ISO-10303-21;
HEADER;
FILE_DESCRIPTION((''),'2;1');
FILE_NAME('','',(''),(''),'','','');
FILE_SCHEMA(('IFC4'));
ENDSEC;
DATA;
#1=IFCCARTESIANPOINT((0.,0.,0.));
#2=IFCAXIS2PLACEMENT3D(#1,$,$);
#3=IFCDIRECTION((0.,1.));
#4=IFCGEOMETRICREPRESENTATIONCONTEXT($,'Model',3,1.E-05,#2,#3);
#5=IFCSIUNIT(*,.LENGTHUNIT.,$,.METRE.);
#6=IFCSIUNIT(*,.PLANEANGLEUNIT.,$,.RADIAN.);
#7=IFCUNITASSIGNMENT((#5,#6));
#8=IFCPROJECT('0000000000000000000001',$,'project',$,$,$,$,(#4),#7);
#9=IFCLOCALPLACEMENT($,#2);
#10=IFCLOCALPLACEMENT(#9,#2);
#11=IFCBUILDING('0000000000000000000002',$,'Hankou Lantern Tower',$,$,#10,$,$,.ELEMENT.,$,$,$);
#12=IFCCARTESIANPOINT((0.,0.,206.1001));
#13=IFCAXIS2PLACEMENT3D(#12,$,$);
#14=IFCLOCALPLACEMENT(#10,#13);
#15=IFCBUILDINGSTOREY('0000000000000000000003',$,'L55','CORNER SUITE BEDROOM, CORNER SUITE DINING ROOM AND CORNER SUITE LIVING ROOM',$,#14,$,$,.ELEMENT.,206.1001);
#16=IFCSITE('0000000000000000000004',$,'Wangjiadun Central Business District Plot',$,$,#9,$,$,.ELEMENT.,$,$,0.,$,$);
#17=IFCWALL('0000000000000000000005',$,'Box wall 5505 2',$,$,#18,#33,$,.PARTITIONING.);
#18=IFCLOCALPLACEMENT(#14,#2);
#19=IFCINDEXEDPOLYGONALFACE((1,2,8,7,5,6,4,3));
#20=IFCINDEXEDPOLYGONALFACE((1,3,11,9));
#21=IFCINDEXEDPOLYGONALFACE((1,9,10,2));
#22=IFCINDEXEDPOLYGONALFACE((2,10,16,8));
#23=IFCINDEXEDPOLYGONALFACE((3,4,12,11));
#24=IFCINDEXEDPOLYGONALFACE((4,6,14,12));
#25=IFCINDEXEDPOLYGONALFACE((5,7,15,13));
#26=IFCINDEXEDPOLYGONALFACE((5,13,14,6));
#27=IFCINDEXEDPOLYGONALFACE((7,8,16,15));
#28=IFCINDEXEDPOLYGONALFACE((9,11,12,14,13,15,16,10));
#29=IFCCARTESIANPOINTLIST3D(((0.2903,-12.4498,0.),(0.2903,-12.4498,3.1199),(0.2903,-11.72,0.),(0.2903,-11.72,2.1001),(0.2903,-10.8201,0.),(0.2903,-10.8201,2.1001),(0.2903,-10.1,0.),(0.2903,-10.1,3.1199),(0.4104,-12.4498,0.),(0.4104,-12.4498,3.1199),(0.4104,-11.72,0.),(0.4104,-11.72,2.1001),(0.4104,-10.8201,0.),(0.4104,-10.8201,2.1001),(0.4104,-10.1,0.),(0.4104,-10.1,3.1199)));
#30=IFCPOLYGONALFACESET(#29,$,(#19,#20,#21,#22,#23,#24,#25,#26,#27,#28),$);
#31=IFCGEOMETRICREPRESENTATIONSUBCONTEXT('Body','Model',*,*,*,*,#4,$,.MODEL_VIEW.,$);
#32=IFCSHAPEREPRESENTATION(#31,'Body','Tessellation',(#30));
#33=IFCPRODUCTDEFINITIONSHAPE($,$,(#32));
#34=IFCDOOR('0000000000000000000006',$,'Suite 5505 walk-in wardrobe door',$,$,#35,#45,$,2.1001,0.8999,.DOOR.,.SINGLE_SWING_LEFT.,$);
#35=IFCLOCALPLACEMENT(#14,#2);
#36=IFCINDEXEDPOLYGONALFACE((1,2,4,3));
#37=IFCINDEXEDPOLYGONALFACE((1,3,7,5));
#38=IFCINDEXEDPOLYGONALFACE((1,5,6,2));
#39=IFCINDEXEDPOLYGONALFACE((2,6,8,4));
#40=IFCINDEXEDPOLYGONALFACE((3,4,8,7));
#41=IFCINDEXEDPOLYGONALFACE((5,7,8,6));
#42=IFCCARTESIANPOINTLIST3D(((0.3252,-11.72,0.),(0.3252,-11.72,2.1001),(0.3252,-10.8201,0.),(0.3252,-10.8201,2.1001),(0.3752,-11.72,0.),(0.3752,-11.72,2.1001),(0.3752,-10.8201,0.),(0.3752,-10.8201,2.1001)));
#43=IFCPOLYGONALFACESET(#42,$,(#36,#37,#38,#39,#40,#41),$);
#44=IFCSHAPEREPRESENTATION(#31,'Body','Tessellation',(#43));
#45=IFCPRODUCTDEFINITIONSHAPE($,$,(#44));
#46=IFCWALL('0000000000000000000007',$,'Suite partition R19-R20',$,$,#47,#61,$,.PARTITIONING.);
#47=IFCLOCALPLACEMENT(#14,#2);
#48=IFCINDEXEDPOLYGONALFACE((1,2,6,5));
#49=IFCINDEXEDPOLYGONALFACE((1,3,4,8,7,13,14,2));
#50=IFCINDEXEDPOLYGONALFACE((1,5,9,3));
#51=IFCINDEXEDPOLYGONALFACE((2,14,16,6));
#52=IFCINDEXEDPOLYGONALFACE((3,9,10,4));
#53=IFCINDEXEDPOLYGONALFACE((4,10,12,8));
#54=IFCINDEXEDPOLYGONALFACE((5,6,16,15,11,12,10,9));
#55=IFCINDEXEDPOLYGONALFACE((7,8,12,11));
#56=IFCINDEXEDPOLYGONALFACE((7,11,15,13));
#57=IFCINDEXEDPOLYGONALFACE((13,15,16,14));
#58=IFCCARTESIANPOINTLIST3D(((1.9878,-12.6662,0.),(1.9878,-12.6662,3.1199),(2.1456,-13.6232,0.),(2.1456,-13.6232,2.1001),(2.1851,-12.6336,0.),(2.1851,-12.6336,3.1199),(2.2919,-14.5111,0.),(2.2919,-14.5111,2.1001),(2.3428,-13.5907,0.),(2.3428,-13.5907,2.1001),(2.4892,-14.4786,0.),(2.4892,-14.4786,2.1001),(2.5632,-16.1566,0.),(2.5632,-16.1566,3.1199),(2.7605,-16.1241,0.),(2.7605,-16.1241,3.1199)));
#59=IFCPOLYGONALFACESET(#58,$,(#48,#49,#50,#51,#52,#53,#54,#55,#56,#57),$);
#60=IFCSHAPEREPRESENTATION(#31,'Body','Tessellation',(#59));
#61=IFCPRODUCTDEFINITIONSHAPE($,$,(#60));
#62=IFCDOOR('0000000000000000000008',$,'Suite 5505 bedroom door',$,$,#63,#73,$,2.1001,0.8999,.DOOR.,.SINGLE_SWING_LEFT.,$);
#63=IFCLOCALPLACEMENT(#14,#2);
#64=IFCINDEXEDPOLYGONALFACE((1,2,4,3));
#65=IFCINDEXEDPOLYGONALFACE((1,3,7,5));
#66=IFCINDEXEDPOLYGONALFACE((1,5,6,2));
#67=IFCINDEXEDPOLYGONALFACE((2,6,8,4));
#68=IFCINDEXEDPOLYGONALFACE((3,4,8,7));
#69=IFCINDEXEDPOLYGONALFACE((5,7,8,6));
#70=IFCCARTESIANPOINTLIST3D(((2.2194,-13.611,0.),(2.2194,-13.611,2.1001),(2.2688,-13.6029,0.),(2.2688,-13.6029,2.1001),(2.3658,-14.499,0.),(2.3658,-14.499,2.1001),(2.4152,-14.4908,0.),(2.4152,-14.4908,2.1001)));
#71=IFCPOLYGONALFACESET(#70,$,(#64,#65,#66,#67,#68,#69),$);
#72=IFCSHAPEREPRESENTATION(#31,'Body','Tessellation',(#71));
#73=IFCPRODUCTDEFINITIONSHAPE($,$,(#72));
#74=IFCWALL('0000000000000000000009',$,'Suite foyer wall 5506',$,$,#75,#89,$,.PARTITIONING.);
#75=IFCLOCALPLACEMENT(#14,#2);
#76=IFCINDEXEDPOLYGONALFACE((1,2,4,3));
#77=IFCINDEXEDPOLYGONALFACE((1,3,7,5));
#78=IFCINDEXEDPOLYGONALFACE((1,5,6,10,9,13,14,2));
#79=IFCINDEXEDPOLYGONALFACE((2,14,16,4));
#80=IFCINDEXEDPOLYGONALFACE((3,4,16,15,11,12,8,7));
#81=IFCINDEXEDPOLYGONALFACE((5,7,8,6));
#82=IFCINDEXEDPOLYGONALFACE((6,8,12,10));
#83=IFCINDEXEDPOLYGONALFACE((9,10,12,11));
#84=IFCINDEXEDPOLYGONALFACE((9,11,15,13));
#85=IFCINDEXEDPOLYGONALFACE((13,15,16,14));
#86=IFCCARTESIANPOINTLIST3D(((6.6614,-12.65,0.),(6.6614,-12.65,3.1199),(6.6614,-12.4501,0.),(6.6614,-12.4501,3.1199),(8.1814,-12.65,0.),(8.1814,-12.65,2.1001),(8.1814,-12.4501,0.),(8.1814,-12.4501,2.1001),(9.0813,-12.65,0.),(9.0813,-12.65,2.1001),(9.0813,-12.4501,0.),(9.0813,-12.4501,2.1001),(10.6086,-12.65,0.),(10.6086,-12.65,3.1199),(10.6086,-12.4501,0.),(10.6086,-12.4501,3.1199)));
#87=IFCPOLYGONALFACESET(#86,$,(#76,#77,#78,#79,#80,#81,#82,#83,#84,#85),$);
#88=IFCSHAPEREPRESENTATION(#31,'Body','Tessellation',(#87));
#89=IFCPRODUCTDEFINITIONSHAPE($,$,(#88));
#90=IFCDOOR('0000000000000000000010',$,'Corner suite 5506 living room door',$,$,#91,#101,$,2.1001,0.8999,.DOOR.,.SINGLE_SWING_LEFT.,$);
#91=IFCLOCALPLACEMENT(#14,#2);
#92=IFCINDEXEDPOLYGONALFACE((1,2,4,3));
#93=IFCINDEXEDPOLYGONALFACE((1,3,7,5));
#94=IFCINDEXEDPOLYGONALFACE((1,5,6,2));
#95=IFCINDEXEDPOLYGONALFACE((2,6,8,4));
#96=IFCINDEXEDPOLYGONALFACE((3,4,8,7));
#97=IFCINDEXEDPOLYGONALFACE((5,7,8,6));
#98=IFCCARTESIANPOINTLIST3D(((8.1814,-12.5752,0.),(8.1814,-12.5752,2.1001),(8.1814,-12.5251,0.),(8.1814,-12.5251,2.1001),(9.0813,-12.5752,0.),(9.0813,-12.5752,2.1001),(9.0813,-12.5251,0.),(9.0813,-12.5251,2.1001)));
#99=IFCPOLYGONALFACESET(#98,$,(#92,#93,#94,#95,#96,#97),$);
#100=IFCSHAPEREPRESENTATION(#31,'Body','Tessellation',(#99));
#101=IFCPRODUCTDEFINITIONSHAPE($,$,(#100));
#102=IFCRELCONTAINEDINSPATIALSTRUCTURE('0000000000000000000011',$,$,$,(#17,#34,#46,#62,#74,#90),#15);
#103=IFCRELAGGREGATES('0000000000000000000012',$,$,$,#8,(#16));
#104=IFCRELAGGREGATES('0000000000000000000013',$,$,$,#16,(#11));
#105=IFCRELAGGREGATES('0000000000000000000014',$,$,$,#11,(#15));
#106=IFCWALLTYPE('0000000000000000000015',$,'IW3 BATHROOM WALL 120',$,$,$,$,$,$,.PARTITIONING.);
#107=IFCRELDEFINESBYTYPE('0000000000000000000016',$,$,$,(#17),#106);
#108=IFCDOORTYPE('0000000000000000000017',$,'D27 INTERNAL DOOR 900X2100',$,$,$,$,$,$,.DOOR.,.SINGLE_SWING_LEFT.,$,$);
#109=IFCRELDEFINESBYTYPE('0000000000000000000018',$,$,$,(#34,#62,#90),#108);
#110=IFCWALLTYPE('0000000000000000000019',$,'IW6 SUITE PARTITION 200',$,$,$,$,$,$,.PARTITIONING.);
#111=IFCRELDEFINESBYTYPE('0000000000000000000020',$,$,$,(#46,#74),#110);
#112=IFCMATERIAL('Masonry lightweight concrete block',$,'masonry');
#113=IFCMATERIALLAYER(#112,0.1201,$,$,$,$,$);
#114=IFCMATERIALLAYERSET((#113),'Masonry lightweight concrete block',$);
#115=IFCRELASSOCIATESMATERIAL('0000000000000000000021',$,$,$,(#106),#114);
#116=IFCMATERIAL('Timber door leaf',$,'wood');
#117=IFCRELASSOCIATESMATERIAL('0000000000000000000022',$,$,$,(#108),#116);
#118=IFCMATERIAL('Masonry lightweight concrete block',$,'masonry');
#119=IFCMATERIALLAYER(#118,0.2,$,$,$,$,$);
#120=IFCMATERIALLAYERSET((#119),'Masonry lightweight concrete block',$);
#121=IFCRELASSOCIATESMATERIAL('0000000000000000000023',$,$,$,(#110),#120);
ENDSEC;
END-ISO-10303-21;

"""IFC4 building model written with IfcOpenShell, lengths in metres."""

from ifc_helpers import new_model, si_unit, direction, frame, frame_2d, origin, place, context, subcontext, project, spatial, rectangle, extrude, material, layer, layer_set, type_object, element, fill, save


model = new_model("IFC4")

# Units and contexts
model_context = context("Model", 3, precision=1e-05, world=origin(), true_north=direction((0.0, 1.0)))
body_context = subcontext(model_context, "Body", "Model", "MODEL_VIEW")
ifc_project = project(units=[si_unit("LENGTHUNIT", "METRE"), si_unit("PLANEANGLEUNIT", "RADIAN")], contexts=[model_context])

# Site, building, storey
site_placement = place(None, origin())
site = spatial("IfcSite", under=ifc_project, at=site_placement, Name="Wangjiadun Central Business District Plot", CompositionType="ELEMENT", RefElevation=0.0)
building_placement = place(site_placement, origin())
building = spatial("IfcBuilding", under=site, at=building_placement, Name="Hankou Lantern Tower", CompositionType="ELEMENT")
storey_placement = place(building_placement, frame((0.0, 0.0, 206.1001)))
storey = spatial("IfcBuildingStorey", under=building, at=storey_placement, Name="L55", Description="CORNER SUITE BEDROOM, CORNER SUITE DINING ROOM AND CORNER SUITE LIVING ROOM", CompositionType="ELEMENT", Elevation=206.1001)

# Walls, openings, doors
ifc_material_1 = material(Name="Masonry lightweight concrete block", Category="masonry")
ifc_layer_1 = layer(ifc_material_1, 0.1201)
ifc_layer_set_1 = layer_set([ifc_layer_1], Name="Masonry lightweight concrete block")
wall_type_1 = type_object("IfcWallType", Name="IW3 BATHROOM WALL 120", PredefinedType="PARTITIONING", material=ifc_layer_set_1)
wall_1_placement = place(storey_placement, frame((0.3503, -10.1001, 0.0), z_axis=(0.0, 0.0, 1.0), x_axis=(0.0, -1.0, 0.0)))
wall_1 = element("IfcWall", 1, at=wall_1_placement, inside=storey, type_object=wall_type_1, Name="Box wall 5505 2", PredefinedType="PARTITIONING", context=body_context, shape_type="SweptSolid", body=[
    extrude(rectangle(XDim=2.3499, YDim=0.1201, at=frame_2d((1.1748, 0.0))), origin(), (0.0, 0.0, 1.0), 3.1199),
])
opening_1_placement = place(wall_1_placement, frame((0.72, 0.0, 0.0)))
opening_1 = element("IfcOpeningElement", 2, at=opening_1_placement, cuts=wall_1, PredefinedType="OPENING", context=body_context, shape_type="SweptSolid", body=[
    extrude(rectangle(XDim=0.8999, YDim=2.1001, at=frame_2d((0.45, 1.05))), frame((0.0, 0.0701, 0.0), z_axis=(0.0, -1.0, 0.0), x_axis=(1.0, 0.0, 0.0)), (0.0, 0.0, 1.0), 0.1401),
])
ifc_material_2 = material(Name="Timber door leaf", Category="wood")
door_type = type_object("IfcDoorType", Name="D27 INTERNAL DOOR 900X2100", OperationType="SINGLE_SWING_LEFT", PredefinedType="DOOR", material=ifc_material_2)
door_1_placement = place(opening_1_placement, origin())
door_1 = element("IfcDoor", 3, at=door_1_placement, inside=storey, type_object=door_type, Name="Suite 5505 walk-in wardrobe door", OperationType="SINGLE_SWING_LEFT", OverallHeight=2.1001, OverallWidth=0.8999, PredefinedType="DOOR", context=body_context, shape_type="SweptSolid", body=[
    extrude(rectangle(XDim=0.8999, YDim=2.1001, at=frame_2d((0.45, 1.05))), frame((0.0, 0.0249, 0.0), z_axis=(0.0, -1.0, 0.0), x_axis=(1.0, 0.0, 0.0)), (0.0, 0.0, 1.0), 0.05),
])
fill(opening_1, door_1)
ifc_material_3 = material(Name="Masonry lightweight concrete block", Category="masonry")
ifc_layer_2 = layer(ifc_material_3, 0.2)
ifc_layer_set_2 = layer_set([ifc_layer_2], Name="Masonry lightweight concrete block")
wall_type_2 = type_object("IfcWallType", Name="IW6 SUITE PARTITION 200", PredefinedType="PARTITIONING", material=ifc_layer_set_2)
wall_2_placement = place(storey_placement, frame((2.0864, -12.6499, 0.0), z_axis=(0.0, 0.0, 1.0), x_axis=(0.162664, -0.986682, 0.0)))
wall_2 = element("IfcWall", 4, at=wall_2_placement, inside=storey, type_object=wall_type_2, Name="Suite partition R19-R20", PredefinedType="PARTITIONING", context=body_context, shape_type="SweptSolid", body=[
    extrude(rectangle(XDim=3.5376, YDim=0.2, at=frame_2d((1.7688, 0.0))), origin(), (0.0, 0.0, 1.0), 3.1199),
])
opening_2_placement = place(wall_2_placement, frame((0.97, 0.0, 0.0)))
opening_2 = element("IfcOpeningElement", 5, at=opening_2_placement, cuts=wall_2, PredefinedType="OPENING", context=body_context, shape_type="SweptSolid", body=[
    extrude(rectangle(XDim=0.8999, YDim=2.1001, at=frame_2d((0.45, 1.05))), frame((0.0, 0.1099, 0.0), z_axis=(0.0, -1.0, 0.0), x_axis=(1.0, 0.0, 0.0)), (0.0, 0.0, 1.0), 0.22),
])
door_2_placement = place(opening_2_placement, origin())
door_2 = element("IfcDoor", 6, at=door_2_placement, inside=storey, type_object=door_type, Name="Suite 5505 bedroom door", OperationType="SINGLE_SWING_LEFT", OverallHeight=2.1001, OverallWidth=0.8999, PredefinedType="DOOR", context=body_context, shape_type="SweptSolid", body=[
    extrude(rectangle(XDim=0.8999, YDim=2.1001, at=frame_2d((0.45, 1.05))), frame((0.0, 0.0249, 0.0), z_axis=(0.0, -1.0, 0.0), x_axis=(1.0, 0.0, 0.0)), (0.0, 0.0, 1.0), 0.05),
])
fill(opening_2, door_2)
wall_3_placement = place(storey_placement, frame((6.6614, -12.55, 0.0), z_axis=(0.0, 0.0, 1.0), x_axis=(1.0, 0.0, 0.0)))
wall_3 = element("IfcWall", 7, at=wall_3_placement, inside=storey, type_object=wall_type_2, Name="Suite foyer wall 5506", PredefinedType="PARTITIONING", context=body_context, shape_type="SweptSolid", body=[
    extrude(rectangle(XDim=3.9473, YDim=0.2, at=frame_2d((1.9736, 0.0))), origin(), (0.0, 0.0, 1.0), 3.1199),
])
opening_3_placement = place(wall_3_placement, frame((1.52, 0.0, 0.0)))
opening_3 = element("IfcOpeningElement", 8, at=opening_3_placement, cuts=wall_3, PredefinedType="OPENING", context=body_context, shape_type="SweptSolid", body=[
    extrude(rectangle(XDim=0.8999, YDim=2.1001, at=frame_2d((0.45, 1.05))), frame((0.0, 0.1099, 0.0), z_axis=(0.0, -1.0, 0.0), x_axis=(1.0, 0.0, 0.0)), (0.0, 0.0, 1.0), 0.22),
])
door_3_placement = place(opening_3_placement, origin())
door_3 = element("IfcDoor", 9, at=door_3_placement, inside=storey, type_object=door_type, Name="Corner suite 5506 living room door", OperationType="SINGLE_SWING_LEFT", OverallHeight=2.1001, OverallWidth=0.8999, PredefinedType="DOOR", context=body_context, shape_type="SweptSolid", body=[
    extrude(rectangle(XDim=0.8999, YDim=2.1001, at=frame_2d((0.45, 1.05))), frame((0.0, 0.0249, 0.0), z_axis=(0.0, -1.0, 0.0), x_axis=(1.0, 0.0, 0.0)), (0.0, 0.0, 1.0), 0.05),
])
fill(opening_3, door_3)

save(model, "model.ifc")
